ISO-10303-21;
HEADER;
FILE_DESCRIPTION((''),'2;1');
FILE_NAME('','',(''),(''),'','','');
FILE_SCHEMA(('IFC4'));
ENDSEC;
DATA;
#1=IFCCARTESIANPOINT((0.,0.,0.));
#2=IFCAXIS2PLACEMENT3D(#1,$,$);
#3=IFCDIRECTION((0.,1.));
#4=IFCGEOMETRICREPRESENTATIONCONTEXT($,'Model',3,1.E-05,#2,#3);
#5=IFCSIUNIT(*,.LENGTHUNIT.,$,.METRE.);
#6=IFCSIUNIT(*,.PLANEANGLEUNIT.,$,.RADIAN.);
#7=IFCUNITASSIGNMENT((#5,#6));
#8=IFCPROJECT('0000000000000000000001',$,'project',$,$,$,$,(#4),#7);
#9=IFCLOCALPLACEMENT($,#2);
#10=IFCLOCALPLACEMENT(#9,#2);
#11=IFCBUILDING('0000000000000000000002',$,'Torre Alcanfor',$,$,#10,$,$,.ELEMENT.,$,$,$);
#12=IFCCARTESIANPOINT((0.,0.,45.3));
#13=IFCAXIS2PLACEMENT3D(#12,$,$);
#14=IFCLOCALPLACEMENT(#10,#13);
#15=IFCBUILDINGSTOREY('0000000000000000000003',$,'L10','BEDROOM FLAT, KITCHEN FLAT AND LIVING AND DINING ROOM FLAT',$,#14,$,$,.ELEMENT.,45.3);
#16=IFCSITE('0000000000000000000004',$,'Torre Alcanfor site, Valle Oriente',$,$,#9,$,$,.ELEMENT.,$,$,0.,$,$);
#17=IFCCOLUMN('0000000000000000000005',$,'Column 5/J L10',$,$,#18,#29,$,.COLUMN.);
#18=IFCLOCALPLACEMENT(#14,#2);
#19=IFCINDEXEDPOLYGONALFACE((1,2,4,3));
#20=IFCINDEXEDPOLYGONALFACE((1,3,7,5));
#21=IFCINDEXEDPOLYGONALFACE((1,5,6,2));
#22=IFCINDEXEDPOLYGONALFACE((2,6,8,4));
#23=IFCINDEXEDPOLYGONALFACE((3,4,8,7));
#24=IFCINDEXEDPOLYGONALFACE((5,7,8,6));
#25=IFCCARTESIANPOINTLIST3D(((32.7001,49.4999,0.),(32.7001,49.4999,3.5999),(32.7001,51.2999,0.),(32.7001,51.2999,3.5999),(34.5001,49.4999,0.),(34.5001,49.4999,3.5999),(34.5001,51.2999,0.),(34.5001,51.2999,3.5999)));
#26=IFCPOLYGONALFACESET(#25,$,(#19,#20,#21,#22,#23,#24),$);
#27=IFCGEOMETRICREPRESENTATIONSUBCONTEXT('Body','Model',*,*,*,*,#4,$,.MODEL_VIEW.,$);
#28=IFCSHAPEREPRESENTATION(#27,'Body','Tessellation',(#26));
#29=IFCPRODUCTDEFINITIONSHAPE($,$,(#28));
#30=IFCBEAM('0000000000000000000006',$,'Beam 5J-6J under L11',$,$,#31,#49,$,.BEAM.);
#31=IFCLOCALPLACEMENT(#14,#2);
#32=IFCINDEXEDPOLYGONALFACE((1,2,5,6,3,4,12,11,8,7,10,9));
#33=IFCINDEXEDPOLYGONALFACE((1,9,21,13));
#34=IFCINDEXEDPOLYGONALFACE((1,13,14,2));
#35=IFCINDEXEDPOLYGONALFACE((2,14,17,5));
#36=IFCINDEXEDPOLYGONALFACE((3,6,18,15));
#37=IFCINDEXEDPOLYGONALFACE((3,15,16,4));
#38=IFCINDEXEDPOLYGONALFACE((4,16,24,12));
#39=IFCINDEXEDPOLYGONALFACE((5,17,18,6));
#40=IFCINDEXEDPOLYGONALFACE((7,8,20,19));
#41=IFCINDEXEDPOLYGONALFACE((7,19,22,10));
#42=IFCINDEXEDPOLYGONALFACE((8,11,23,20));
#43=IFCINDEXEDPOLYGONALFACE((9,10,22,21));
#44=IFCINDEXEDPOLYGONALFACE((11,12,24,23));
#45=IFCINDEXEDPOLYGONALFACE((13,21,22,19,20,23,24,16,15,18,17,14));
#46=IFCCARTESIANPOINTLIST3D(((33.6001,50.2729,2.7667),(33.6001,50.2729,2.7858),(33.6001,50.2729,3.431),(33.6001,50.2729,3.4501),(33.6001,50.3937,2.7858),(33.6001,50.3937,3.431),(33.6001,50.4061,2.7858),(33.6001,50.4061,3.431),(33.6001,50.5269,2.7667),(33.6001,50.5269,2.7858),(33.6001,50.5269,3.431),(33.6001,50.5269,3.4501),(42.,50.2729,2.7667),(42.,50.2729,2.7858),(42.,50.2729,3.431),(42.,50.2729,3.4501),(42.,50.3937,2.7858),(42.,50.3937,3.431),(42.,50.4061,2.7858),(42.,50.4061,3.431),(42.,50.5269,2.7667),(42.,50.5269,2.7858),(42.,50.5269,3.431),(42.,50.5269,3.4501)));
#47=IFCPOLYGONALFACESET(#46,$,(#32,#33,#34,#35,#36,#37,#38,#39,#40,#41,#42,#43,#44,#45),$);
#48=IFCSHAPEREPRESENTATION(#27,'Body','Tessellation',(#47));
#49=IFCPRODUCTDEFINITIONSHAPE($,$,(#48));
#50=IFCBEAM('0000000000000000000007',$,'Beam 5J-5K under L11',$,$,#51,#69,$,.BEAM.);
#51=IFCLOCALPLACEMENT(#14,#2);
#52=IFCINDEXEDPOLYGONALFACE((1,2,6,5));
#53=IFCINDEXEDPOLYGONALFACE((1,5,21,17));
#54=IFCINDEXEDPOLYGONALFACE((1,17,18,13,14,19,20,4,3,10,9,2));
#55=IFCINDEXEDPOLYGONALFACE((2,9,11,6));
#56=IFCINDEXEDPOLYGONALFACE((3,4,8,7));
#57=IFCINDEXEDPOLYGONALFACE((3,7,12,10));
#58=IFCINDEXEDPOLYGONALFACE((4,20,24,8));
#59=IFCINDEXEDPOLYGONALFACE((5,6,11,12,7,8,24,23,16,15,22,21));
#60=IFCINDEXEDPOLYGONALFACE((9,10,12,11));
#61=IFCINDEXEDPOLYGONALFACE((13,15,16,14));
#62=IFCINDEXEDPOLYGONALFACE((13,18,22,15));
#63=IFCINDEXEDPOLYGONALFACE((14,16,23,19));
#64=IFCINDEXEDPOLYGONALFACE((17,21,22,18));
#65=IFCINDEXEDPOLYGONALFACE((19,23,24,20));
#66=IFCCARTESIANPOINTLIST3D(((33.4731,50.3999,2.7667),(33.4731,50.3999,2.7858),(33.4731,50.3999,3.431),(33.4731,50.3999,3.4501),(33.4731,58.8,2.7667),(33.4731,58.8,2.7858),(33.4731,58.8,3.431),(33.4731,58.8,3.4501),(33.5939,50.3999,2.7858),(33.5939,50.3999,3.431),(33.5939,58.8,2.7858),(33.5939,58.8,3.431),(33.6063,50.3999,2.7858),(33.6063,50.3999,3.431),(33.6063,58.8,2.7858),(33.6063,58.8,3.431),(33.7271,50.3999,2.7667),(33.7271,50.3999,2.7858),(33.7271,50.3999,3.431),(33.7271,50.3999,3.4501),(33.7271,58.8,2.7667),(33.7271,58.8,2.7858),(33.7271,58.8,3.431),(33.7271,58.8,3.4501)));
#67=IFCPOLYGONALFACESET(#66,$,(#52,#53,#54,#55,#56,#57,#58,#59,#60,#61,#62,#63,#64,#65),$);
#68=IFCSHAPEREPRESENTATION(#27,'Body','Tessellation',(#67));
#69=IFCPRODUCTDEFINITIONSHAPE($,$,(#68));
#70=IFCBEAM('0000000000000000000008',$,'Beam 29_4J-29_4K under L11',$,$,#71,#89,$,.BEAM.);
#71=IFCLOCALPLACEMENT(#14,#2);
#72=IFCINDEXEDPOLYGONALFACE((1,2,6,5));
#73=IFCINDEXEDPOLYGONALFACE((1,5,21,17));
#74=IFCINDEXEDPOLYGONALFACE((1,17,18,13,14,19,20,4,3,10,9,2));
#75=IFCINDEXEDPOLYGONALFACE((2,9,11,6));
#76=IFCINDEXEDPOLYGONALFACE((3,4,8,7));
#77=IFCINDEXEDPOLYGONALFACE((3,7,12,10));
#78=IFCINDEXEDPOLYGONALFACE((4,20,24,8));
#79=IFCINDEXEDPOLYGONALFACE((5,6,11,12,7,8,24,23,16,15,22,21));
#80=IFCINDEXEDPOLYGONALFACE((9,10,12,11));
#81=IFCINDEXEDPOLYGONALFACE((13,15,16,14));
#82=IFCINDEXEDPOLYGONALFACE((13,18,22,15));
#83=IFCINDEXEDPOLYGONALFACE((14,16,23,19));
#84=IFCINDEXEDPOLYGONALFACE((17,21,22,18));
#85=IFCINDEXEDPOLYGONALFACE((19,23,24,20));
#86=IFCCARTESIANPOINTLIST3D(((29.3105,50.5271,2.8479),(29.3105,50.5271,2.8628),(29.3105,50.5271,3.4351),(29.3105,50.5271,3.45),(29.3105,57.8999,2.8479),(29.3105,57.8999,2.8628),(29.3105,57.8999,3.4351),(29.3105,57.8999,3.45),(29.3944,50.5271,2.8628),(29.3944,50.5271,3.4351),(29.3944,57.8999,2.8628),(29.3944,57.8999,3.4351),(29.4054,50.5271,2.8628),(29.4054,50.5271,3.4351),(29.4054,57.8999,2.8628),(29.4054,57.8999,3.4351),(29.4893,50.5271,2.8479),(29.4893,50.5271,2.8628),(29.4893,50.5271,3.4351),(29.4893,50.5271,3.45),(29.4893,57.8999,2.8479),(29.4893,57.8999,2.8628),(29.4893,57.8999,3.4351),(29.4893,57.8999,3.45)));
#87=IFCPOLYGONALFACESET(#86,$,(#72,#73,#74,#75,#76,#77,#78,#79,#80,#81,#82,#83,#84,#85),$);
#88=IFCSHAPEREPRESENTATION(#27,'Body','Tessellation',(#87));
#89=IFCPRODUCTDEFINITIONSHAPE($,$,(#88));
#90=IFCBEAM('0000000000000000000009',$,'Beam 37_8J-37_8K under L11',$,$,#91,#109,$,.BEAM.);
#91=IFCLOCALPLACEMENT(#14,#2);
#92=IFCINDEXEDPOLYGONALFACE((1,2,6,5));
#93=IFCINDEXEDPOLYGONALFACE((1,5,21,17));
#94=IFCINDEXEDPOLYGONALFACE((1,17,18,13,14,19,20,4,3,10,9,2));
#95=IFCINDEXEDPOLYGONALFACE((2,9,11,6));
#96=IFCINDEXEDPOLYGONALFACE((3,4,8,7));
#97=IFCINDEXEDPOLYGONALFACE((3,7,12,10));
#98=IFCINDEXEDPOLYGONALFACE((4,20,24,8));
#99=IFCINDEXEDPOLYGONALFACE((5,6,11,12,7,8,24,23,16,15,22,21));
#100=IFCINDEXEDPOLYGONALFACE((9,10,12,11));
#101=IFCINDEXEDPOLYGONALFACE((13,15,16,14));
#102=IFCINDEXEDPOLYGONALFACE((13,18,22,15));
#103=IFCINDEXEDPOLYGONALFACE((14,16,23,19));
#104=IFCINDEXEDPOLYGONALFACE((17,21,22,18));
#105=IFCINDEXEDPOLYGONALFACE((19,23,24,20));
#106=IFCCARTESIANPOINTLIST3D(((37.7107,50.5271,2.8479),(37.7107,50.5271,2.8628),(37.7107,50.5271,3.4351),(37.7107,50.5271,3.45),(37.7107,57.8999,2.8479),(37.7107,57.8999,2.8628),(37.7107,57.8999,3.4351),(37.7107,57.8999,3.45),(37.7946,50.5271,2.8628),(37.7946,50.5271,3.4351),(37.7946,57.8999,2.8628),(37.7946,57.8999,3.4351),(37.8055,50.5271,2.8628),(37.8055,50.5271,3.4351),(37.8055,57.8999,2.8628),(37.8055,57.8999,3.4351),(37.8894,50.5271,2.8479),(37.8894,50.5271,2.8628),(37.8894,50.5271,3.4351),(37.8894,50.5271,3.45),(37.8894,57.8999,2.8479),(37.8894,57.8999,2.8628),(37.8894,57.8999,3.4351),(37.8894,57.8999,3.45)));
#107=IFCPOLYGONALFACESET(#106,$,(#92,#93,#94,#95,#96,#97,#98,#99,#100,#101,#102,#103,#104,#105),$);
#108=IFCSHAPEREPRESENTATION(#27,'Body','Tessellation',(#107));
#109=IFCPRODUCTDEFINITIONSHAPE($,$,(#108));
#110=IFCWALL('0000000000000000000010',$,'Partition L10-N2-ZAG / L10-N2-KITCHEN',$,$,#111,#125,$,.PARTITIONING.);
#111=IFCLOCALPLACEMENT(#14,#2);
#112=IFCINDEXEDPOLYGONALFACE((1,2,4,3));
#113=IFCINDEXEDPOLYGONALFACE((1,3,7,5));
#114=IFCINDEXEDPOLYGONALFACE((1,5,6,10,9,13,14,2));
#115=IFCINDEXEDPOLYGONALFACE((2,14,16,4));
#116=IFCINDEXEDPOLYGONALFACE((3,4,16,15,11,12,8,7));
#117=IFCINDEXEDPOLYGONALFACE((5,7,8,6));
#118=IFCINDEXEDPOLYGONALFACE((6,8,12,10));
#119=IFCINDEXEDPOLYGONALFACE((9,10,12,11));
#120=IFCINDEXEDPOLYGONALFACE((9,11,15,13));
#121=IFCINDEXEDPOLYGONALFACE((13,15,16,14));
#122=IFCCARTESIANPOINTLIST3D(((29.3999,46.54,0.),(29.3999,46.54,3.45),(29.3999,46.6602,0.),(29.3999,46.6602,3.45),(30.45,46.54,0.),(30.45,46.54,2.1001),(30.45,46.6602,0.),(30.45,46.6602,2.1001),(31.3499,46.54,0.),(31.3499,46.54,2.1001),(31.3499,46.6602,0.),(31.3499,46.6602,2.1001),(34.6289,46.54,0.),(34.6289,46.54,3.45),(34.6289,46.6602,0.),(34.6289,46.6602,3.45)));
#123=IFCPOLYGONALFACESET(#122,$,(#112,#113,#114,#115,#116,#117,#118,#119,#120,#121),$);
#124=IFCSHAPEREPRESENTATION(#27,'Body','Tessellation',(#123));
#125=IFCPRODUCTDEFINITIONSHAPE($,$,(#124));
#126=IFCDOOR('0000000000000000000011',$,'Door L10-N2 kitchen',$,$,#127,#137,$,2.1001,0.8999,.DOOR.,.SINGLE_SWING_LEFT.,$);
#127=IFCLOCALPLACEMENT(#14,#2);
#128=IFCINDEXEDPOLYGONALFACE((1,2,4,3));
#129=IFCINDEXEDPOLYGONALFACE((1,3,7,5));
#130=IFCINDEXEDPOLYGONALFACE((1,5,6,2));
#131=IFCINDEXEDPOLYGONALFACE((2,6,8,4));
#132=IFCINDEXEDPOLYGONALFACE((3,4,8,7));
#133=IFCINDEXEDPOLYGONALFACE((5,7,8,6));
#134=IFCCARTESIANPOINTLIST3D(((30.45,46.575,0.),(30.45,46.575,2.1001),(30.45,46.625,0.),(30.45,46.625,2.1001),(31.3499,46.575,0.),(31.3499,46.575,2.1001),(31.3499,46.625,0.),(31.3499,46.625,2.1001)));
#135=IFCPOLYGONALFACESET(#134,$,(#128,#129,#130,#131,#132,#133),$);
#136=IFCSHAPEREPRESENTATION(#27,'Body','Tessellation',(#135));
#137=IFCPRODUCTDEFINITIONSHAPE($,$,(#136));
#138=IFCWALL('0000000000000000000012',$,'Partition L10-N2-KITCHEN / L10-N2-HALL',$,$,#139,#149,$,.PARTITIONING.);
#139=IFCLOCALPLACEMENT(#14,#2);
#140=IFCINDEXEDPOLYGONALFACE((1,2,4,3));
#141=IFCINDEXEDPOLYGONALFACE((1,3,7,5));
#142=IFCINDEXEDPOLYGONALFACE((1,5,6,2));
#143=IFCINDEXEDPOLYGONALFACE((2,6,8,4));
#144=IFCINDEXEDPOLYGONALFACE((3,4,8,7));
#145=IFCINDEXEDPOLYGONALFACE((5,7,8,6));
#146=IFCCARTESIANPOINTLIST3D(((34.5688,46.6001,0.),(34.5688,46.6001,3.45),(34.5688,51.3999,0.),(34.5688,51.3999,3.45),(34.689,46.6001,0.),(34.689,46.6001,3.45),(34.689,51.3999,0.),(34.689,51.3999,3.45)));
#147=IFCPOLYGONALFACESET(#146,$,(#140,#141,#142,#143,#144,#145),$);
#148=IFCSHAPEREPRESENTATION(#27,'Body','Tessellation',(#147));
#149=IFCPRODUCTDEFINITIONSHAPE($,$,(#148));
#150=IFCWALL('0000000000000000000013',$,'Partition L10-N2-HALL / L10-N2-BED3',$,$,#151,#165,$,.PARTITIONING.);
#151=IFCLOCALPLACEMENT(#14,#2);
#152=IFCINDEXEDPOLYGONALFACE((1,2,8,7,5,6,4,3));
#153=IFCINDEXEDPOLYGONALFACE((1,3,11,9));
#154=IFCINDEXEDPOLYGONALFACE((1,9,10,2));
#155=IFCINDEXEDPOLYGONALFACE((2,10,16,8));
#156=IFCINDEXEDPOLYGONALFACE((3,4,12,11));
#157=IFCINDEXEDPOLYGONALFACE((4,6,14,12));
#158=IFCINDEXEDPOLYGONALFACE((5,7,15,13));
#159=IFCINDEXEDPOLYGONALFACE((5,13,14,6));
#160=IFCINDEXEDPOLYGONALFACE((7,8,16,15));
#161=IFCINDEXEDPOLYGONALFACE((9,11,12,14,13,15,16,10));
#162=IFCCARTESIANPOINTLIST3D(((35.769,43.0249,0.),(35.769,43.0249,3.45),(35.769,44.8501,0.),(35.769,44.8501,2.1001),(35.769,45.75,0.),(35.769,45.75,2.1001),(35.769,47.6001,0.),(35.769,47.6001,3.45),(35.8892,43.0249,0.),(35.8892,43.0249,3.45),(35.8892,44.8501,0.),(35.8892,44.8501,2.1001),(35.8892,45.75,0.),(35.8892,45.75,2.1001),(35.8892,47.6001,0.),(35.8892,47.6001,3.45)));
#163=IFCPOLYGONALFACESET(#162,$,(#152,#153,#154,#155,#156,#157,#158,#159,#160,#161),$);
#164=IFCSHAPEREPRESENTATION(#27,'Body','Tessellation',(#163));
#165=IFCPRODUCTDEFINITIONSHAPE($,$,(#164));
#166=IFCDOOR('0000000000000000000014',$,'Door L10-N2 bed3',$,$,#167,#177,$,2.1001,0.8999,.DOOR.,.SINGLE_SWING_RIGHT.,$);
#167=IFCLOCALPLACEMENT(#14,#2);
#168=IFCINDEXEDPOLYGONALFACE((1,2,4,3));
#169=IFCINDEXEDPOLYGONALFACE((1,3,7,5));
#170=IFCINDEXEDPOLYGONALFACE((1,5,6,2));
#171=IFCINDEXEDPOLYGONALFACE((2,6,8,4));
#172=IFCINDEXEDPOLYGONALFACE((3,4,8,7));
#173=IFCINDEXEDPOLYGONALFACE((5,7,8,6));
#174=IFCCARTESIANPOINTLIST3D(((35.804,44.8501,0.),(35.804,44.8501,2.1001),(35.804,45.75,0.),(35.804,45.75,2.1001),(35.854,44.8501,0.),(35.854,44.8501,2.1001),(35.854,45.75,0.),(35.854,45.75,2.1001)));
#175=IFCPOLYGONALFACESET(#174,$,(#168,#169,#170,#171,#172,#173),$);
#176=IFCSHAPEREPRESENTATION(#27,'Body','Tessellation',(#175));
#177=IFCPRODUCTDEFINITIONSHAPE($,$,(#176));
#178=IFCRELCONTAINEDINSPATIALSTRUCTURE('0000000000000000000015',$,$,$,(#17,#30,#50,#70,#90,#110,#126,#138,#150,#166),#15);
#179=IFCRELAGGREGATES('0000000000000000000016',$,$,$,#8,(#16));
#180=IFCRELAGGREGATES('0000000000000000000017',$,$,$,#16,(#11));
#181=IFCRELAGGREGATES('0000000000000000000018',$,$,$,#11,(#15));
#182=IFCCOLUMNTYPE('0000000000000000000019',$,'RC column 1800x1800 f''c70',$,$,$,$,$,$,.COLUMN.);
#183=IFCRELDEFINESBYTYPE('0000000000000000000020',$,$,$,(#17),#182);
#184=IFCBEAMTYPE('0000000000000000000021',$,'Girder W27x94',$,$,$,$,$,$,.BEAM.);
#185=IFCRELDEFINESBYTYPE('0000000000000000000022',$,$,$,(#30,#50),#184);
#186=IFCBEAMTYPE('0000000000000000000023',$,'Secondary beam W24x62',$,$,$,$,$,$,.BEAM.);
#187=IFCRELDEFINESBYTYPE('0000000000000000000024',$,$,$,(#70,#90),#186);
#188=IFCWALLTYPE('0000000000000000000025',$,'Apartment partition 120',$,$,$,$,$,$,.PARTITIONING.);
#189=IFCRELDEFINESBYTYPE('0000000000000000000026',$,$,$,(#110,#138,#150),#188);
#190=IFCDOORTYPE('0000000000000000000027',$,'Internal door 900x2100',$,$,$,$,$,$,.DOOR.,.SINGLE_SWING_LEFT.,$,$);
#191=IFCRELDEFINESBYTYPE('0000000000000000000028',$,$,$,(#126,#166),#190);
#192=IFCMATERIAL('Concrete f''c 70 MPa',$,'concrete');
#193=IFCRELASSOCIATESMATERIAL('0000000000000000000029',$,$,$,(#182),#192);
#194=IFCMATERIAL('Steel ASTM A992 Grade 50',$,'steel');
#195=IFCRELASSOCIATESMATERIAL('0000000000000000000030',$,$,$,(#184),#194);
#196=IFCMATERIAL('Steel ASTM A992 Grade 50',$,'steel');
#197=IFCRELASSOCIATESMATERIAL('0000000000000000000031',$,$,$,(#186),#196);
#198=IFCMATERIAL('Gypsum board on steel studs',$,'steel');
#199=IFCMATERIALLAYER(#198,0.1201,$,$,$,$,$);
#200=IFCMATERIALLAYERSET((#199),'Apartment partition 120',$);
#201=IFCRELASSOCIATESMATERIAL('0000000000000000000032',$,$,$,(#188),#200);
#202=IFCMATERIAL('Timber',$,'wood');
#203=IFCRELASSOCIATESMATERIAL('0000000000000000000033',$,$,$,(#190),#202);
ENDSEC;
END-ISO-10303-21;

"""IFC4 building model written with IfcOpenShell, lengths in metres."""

from ifc_helpers import new_model, si_unit, direction, frame, frame_2d, origin, origin_2d, place, context, subcontext, project, spatial, rectangle, i_section, extrude, material, layer, layer_set, material_profile, profile_set, type_object, element, fill, save


model = new_model("IFC4")

# Units and contexts
model_context = context("Model", 3, precision=1e-05, world=origin(), true_north=direction((0.0, 1.0)))
body_context = subcontext(model_context, "Body", "Model", "MODEL_VIEW")
ifc_project = project(units=[si_unit("LENGTHUNIT", "METRE"), si_unit("PLANEANGLEUNIT", "RADIAN")], contexts=[model_context])

# Site, building, storey
site_placement = place(None, origin())
site = spatial("IfcSite", under=ifc_project, at=site_placement, Name="Torre Alcanfor site, Valle Oriente", CompositionType="ELEMENT", RefElevation=0.0)
building_placement = place(site_placement, origin())
building = spatial("IfcBuilding", under=site, at=building_placement, Name="Torre Alcanfor", CompositionType="ELEMENT")
storey_placement = place(building_placement, frame((0.0, 0.0, 45.3)))
storey = spatial("IfcBuildingStorey", under=building, at=storey_placement, Name="L10", Description="BEDROOM FLAT, KITCHEN FLAT AND LIVING AND DINING ROOM FLAT", CompositionType="ELEMENT", Elevation=45.3)

# Column
ifc_material_1 = material(Name="Concrete f'c 70 MPa", Category="concrete")
ifc_material_profile_1 = material_profile(ifc_material_1, rectangle(XDim=1.8, YDim=1.8, at=origin_2d()), Name="1800x1800")
ifc_profile_set_1 = profile_set([ifc_material_profile_1], Name="Concrete f'c 70 MPa")
column_type = type_object("IfcColumnType", Name="RC column 1800x1800 f'c70", PredefinedType="COLUMN", material=ifc_profile_set_1)
column_placement = place(storey_placement, frame((33.6001, 50.3999, 0.0), z_axis=(0.0, 0.0, 1.0), x_axis=(1.0, 0.0, 0.0)))
element("IfcColumn", 1, at=column_placement, inside=storey, type_object=column_type, Name="Column 5/J L10", PredefinedType="COLUMN", context=body_context, shape_type="SweptSolid", body=[
    extrude(rectangle(XDim=1.8, YDim=1.8, at=origin_2d()), origin(), (0.0, 0.0, 1.0), 3.5999),
])

# Beams
ifc_material_2 = material(Name="Steel ASTM A992 Grade 50", Category="steel")
ifc_material_profile_2 = material_profile(ifc_material_2, i_section(OverallWidth=0.2539, OverallDepth=0.6833, WebThickness=0.0125, FlangeThickness=0.019, at=origin_2d()), Name="W27x94")
ifc_profile_set_2 = profile_set([ifc_material_profile_2], Name="Steel ASTM A992 Grade 50")
beam_type_1 = type_object("IfcBeamType", Name="Girder W27x94", PredefinedType="BEAM", material=ifc_profile_set_2)
beam_1_placement = place(storey_placement, frame((33.6001, 50.3999, 3.1084), z_axis=(1.0, 0.0, 0.0), x_axis=(0.0, 1.0, 0.0)))
element("IfcBeam", 2, at=beam_1_placement, inside=storey, type_object=beam_type_1, Name="Beam 5J-6J under L11", PredefinedType="BEAM", context=body_context, shape_type="SweptSolid", body=[
    extrude(i_section(OverallWidth=0.2539, OverallDepth=0.6833, WebThickness=0.0125, FlangeThickness=0.019, at=origin_2d()), origin(), (0.0, 0.0, 1.0), 8.3999),
])
beam_2_placement = place(storey_placement, frame((33.6001, 50.3999, 3.1084), z_axis=(0.0, 1.0, 0.0), x_axis=(-1.0, 0.0, 0.0)))
element("IfcBeam", 3, at=beam_2_placement, inside=storey, type_object=beam_type_1, Name="Beam 5J-5K under L11", PredefinedType="BEAM", context=body_context, shape_type="SweptSolid", body=[
    extrude(i_section(OverallWidth=0.2539, OverallDepth=0.6833, WebThickness=0.0125, FlangeThickness=0.019, at=origin_2d()), origin(), (0.0, 0.0, 1.0), 8.4001),
])
ifc_material_3 = material(Name="Steel ASTM A992 Grade 50", Category="steel")
ifc_material_profile_3 = material_profile(ifc_material_3, i_section(OverallWidth=0.1787, OverallDepth=0.6021, WebThickness=0.011, FlangeThickness=0.0149, at=origin_2d()), Name="W24x62")
ifc_profile_set_3 = profile_set([ifc_material_profile_3], Name="Steel ASTM A992 Grade 50")
beam_type_2 = type_object("IfcBeamType", Name="Secondary beam W24x62", PredefinedType="BEAM", material=ifc_profile_set_3)
for number, where, z_axis, x_axis, name in (
    (4, (29.3999, 50.5271, 3.1489), (0.0, 1.0, 0.0), (-1.0, 0.0, 0.0), "Beam 29_4J-29_4K under L11"),
    (5, (37.8, 50.5271, 3.1489), (0.0, 1.0, 0.0), (-1.0, 0.0, 0.0), "Beam 37_8J-37_8K under L11"),
):
    element("IfcBeam", number, at=place(storey_placement, frame(where, z_axis=z_axis, x_axis=x_axis)), inside=storey, type_object=beam_type_2, Name=name, PredefinedType="BEAM", context=body_context, shape_type="SweptSolid", body=[
        extrude(i_section(OverallWidth=0.1787, OverallDepth=0.6021, WebThickness=0.011, FlangeThickness=0.0149, at=origin_2d()), origin(), (0.0, 0.0, 1.0), 7.3728),
    ])

# Wall, opening, door
ifc_material_4 = material(Name="Gypsum board on steel studs", Category="steel")
ifc_layer_1 = layer(ifc_material_4, 0.1201)
ifc_layer_set_1 = layer_set([ifc_layer_1], Name="Apartment partition 120")
wall_type_1 = type_object("IfcWallType", Name="Apartment partition 120", PredefinedType="PARTITIONING", material=ifc_layer_set_1)
wall_1_placement = place(storey_placement, frame((29.3999, 46.6001, 0.0), z_axis=(0.0, 0.0, 1.0), x_axis=(1.0, 0.0, 0.0)))
wall_1 = element("IfcWall", 6, at=wall_1_placement, inside=storey, type_object=wall_type_1, Name="Partition L10-N2-ZAG / L10-N2-KITCHEN", PredefinedType="PARTITIONING", context=body_context, shape_type="SweptSolid", body=[
    extrude(rectangle(XDim=5.229, YDim=0.1201, at=frame_2d((2.6145, 0.0))), origin(), (0.0, 0.0, 1.0), 3.45),
])
opening_1_placement = place(wall_1_placement, frame((1.05, 0.0, 0.0)))
opening_1 = element("IfcOpeningElement", 7, at=opening_1_placement, cuts=wall_1, PredefinedType="OPENING", context=body_context, shape_type="SweptSolid", body=[
    extrude(rectangle(XDim=0.8999, YDim=2.1001, at=frame_2d((0.45, 1.05))), frame((0.0, 0.0701, 0.0), z_axis=(0.0, -1.0, 0.0), x_axis=(1.0, 0.0, 0.0)), (0.0, 0.0, 1.0), 0.1401),
])
ifc_material_5 = material(Name="Timber", Category="wood")
door_type_1 = type_object("IfcDoorType", Name="Internal door 900x2100", OperationType="SINGLE_SWING_LEFT", PredefinedType="DOOR", material=ifc_material_5)
door_1_placement = place(opening_1_placement, origin())
door_1 = element("IfcDoor", 8, at=door_1_placement, inside=storey, type_object=door_type_1, Name="Door L10-N2 kitchen", OperationType="SINGLE_SWING_LEFT", OverallHeight=2.1001, OverallWidth=0.8999, PredefinedType="DOOR", context=body_context, shape_type="SweptSolid", body=[
    extrude(rectangle(XDim=0.8999, YDim=2.1001, at=frame_2d((0.45, 1.05))), frame((0.0, 0.0249, 0.0), z_axis=(0.0, -1.0, 0.0), x_axis=(1.0, 0.0, 0.0)), (0.0, 0.0, 1.0), 0.05),
])
fill(opening_1, door_1)

# Wall
wall_2_placement = place(storey_placement, frame((34.6289, 51.3999, 0.0), z_axis=(0.0, 0.0, 1.0), x_axis=(0.0, -1.0, 0.0)))
element("IfcWall", 9, at=wall_2_placement, inside=storey, type_object=wall_type_1, Name="Partition L10-N2-KITCHEN / L10-N2-HALL", PredefinedType="PARTITIONING", context=body_context, shape_type="SweptSolid", body=[
    extrude(rectangle(XDim=4.7998, YDim=0.1201, at=frame_2d((2.3999, 0.0))), origin(), (0.0, 0.0, 1.0), 3.45),
])

# Wall, opening, door
wall_3_placement = place(storey_placement, frame((35.8291, 47.6001, 0.0), z_axis=(0.0, 0.0, 1.0), x_axis=(0.0, -1.0, 0.0)))
wall_3 = element("IfcWall", 10, at=wall_3_placement, inside=storey, type_object=wall_type_1, Name="Partition L10-N2-HALL / L10-N2-BED3", PredefinedType="PARTITIONING", context=body_context, shape_type="SweptSolid", body=[
    extrude(rectangle(XDim=4.5752, YDim=0.1201, at=frame_2d((2.2876, 0.0))), origin(), (0.0, 0.0, 1.0), 3.45),
])
opening_2_placement = place(wall_3_placement, frame((1.8501, 0.0, 0.0)))
opening_2 = element("IfcOpeningElement", 11, at=opening_2_placement, cuts=wall_3, PredefinedType="OPENING", context=body_context, shape_type="SweptSolid", body=[
    extrude(rectangle(XDim=0.8999, YDim=2.1001, at=frame_2d((0.45, 1.05))), frame((0.0, 0.0701, 0.0), z_axis=(0.0, -1.0, 0.0), x_axis=(1.0, 0.0, 0.0)), (0.0, 0.0, 1.0), 0.1401),
])
door_2_placement = place(opening_2_placement, origin())
door_2 = element("IfcDoor", 12, at=door_2_placement, inside=storey, type_object=door_type_1, Name="Door L10-N2 bed3", OperationType="SINGLE_SWING_RIGHT", OverallHeight=2.1001, OverallWidth=0.8999, PredefinedType="DOOR", context=body_context, shape_type="SweptSolid", body=[
    extrude(rectangle(XDim=0.8999, YDim=2.1001, at=frame_2d((0.45, 1.05))), frame((0.0, 0.0249, 0.0), z_axis=(0.0, -1.0, 0.0), x_axis=(1.0, 0.0, 0.0)), (0.0, 0.0, 1.0), 0.05),
])
fill(opening_2, door_2)

save(model, "model.ifc")
